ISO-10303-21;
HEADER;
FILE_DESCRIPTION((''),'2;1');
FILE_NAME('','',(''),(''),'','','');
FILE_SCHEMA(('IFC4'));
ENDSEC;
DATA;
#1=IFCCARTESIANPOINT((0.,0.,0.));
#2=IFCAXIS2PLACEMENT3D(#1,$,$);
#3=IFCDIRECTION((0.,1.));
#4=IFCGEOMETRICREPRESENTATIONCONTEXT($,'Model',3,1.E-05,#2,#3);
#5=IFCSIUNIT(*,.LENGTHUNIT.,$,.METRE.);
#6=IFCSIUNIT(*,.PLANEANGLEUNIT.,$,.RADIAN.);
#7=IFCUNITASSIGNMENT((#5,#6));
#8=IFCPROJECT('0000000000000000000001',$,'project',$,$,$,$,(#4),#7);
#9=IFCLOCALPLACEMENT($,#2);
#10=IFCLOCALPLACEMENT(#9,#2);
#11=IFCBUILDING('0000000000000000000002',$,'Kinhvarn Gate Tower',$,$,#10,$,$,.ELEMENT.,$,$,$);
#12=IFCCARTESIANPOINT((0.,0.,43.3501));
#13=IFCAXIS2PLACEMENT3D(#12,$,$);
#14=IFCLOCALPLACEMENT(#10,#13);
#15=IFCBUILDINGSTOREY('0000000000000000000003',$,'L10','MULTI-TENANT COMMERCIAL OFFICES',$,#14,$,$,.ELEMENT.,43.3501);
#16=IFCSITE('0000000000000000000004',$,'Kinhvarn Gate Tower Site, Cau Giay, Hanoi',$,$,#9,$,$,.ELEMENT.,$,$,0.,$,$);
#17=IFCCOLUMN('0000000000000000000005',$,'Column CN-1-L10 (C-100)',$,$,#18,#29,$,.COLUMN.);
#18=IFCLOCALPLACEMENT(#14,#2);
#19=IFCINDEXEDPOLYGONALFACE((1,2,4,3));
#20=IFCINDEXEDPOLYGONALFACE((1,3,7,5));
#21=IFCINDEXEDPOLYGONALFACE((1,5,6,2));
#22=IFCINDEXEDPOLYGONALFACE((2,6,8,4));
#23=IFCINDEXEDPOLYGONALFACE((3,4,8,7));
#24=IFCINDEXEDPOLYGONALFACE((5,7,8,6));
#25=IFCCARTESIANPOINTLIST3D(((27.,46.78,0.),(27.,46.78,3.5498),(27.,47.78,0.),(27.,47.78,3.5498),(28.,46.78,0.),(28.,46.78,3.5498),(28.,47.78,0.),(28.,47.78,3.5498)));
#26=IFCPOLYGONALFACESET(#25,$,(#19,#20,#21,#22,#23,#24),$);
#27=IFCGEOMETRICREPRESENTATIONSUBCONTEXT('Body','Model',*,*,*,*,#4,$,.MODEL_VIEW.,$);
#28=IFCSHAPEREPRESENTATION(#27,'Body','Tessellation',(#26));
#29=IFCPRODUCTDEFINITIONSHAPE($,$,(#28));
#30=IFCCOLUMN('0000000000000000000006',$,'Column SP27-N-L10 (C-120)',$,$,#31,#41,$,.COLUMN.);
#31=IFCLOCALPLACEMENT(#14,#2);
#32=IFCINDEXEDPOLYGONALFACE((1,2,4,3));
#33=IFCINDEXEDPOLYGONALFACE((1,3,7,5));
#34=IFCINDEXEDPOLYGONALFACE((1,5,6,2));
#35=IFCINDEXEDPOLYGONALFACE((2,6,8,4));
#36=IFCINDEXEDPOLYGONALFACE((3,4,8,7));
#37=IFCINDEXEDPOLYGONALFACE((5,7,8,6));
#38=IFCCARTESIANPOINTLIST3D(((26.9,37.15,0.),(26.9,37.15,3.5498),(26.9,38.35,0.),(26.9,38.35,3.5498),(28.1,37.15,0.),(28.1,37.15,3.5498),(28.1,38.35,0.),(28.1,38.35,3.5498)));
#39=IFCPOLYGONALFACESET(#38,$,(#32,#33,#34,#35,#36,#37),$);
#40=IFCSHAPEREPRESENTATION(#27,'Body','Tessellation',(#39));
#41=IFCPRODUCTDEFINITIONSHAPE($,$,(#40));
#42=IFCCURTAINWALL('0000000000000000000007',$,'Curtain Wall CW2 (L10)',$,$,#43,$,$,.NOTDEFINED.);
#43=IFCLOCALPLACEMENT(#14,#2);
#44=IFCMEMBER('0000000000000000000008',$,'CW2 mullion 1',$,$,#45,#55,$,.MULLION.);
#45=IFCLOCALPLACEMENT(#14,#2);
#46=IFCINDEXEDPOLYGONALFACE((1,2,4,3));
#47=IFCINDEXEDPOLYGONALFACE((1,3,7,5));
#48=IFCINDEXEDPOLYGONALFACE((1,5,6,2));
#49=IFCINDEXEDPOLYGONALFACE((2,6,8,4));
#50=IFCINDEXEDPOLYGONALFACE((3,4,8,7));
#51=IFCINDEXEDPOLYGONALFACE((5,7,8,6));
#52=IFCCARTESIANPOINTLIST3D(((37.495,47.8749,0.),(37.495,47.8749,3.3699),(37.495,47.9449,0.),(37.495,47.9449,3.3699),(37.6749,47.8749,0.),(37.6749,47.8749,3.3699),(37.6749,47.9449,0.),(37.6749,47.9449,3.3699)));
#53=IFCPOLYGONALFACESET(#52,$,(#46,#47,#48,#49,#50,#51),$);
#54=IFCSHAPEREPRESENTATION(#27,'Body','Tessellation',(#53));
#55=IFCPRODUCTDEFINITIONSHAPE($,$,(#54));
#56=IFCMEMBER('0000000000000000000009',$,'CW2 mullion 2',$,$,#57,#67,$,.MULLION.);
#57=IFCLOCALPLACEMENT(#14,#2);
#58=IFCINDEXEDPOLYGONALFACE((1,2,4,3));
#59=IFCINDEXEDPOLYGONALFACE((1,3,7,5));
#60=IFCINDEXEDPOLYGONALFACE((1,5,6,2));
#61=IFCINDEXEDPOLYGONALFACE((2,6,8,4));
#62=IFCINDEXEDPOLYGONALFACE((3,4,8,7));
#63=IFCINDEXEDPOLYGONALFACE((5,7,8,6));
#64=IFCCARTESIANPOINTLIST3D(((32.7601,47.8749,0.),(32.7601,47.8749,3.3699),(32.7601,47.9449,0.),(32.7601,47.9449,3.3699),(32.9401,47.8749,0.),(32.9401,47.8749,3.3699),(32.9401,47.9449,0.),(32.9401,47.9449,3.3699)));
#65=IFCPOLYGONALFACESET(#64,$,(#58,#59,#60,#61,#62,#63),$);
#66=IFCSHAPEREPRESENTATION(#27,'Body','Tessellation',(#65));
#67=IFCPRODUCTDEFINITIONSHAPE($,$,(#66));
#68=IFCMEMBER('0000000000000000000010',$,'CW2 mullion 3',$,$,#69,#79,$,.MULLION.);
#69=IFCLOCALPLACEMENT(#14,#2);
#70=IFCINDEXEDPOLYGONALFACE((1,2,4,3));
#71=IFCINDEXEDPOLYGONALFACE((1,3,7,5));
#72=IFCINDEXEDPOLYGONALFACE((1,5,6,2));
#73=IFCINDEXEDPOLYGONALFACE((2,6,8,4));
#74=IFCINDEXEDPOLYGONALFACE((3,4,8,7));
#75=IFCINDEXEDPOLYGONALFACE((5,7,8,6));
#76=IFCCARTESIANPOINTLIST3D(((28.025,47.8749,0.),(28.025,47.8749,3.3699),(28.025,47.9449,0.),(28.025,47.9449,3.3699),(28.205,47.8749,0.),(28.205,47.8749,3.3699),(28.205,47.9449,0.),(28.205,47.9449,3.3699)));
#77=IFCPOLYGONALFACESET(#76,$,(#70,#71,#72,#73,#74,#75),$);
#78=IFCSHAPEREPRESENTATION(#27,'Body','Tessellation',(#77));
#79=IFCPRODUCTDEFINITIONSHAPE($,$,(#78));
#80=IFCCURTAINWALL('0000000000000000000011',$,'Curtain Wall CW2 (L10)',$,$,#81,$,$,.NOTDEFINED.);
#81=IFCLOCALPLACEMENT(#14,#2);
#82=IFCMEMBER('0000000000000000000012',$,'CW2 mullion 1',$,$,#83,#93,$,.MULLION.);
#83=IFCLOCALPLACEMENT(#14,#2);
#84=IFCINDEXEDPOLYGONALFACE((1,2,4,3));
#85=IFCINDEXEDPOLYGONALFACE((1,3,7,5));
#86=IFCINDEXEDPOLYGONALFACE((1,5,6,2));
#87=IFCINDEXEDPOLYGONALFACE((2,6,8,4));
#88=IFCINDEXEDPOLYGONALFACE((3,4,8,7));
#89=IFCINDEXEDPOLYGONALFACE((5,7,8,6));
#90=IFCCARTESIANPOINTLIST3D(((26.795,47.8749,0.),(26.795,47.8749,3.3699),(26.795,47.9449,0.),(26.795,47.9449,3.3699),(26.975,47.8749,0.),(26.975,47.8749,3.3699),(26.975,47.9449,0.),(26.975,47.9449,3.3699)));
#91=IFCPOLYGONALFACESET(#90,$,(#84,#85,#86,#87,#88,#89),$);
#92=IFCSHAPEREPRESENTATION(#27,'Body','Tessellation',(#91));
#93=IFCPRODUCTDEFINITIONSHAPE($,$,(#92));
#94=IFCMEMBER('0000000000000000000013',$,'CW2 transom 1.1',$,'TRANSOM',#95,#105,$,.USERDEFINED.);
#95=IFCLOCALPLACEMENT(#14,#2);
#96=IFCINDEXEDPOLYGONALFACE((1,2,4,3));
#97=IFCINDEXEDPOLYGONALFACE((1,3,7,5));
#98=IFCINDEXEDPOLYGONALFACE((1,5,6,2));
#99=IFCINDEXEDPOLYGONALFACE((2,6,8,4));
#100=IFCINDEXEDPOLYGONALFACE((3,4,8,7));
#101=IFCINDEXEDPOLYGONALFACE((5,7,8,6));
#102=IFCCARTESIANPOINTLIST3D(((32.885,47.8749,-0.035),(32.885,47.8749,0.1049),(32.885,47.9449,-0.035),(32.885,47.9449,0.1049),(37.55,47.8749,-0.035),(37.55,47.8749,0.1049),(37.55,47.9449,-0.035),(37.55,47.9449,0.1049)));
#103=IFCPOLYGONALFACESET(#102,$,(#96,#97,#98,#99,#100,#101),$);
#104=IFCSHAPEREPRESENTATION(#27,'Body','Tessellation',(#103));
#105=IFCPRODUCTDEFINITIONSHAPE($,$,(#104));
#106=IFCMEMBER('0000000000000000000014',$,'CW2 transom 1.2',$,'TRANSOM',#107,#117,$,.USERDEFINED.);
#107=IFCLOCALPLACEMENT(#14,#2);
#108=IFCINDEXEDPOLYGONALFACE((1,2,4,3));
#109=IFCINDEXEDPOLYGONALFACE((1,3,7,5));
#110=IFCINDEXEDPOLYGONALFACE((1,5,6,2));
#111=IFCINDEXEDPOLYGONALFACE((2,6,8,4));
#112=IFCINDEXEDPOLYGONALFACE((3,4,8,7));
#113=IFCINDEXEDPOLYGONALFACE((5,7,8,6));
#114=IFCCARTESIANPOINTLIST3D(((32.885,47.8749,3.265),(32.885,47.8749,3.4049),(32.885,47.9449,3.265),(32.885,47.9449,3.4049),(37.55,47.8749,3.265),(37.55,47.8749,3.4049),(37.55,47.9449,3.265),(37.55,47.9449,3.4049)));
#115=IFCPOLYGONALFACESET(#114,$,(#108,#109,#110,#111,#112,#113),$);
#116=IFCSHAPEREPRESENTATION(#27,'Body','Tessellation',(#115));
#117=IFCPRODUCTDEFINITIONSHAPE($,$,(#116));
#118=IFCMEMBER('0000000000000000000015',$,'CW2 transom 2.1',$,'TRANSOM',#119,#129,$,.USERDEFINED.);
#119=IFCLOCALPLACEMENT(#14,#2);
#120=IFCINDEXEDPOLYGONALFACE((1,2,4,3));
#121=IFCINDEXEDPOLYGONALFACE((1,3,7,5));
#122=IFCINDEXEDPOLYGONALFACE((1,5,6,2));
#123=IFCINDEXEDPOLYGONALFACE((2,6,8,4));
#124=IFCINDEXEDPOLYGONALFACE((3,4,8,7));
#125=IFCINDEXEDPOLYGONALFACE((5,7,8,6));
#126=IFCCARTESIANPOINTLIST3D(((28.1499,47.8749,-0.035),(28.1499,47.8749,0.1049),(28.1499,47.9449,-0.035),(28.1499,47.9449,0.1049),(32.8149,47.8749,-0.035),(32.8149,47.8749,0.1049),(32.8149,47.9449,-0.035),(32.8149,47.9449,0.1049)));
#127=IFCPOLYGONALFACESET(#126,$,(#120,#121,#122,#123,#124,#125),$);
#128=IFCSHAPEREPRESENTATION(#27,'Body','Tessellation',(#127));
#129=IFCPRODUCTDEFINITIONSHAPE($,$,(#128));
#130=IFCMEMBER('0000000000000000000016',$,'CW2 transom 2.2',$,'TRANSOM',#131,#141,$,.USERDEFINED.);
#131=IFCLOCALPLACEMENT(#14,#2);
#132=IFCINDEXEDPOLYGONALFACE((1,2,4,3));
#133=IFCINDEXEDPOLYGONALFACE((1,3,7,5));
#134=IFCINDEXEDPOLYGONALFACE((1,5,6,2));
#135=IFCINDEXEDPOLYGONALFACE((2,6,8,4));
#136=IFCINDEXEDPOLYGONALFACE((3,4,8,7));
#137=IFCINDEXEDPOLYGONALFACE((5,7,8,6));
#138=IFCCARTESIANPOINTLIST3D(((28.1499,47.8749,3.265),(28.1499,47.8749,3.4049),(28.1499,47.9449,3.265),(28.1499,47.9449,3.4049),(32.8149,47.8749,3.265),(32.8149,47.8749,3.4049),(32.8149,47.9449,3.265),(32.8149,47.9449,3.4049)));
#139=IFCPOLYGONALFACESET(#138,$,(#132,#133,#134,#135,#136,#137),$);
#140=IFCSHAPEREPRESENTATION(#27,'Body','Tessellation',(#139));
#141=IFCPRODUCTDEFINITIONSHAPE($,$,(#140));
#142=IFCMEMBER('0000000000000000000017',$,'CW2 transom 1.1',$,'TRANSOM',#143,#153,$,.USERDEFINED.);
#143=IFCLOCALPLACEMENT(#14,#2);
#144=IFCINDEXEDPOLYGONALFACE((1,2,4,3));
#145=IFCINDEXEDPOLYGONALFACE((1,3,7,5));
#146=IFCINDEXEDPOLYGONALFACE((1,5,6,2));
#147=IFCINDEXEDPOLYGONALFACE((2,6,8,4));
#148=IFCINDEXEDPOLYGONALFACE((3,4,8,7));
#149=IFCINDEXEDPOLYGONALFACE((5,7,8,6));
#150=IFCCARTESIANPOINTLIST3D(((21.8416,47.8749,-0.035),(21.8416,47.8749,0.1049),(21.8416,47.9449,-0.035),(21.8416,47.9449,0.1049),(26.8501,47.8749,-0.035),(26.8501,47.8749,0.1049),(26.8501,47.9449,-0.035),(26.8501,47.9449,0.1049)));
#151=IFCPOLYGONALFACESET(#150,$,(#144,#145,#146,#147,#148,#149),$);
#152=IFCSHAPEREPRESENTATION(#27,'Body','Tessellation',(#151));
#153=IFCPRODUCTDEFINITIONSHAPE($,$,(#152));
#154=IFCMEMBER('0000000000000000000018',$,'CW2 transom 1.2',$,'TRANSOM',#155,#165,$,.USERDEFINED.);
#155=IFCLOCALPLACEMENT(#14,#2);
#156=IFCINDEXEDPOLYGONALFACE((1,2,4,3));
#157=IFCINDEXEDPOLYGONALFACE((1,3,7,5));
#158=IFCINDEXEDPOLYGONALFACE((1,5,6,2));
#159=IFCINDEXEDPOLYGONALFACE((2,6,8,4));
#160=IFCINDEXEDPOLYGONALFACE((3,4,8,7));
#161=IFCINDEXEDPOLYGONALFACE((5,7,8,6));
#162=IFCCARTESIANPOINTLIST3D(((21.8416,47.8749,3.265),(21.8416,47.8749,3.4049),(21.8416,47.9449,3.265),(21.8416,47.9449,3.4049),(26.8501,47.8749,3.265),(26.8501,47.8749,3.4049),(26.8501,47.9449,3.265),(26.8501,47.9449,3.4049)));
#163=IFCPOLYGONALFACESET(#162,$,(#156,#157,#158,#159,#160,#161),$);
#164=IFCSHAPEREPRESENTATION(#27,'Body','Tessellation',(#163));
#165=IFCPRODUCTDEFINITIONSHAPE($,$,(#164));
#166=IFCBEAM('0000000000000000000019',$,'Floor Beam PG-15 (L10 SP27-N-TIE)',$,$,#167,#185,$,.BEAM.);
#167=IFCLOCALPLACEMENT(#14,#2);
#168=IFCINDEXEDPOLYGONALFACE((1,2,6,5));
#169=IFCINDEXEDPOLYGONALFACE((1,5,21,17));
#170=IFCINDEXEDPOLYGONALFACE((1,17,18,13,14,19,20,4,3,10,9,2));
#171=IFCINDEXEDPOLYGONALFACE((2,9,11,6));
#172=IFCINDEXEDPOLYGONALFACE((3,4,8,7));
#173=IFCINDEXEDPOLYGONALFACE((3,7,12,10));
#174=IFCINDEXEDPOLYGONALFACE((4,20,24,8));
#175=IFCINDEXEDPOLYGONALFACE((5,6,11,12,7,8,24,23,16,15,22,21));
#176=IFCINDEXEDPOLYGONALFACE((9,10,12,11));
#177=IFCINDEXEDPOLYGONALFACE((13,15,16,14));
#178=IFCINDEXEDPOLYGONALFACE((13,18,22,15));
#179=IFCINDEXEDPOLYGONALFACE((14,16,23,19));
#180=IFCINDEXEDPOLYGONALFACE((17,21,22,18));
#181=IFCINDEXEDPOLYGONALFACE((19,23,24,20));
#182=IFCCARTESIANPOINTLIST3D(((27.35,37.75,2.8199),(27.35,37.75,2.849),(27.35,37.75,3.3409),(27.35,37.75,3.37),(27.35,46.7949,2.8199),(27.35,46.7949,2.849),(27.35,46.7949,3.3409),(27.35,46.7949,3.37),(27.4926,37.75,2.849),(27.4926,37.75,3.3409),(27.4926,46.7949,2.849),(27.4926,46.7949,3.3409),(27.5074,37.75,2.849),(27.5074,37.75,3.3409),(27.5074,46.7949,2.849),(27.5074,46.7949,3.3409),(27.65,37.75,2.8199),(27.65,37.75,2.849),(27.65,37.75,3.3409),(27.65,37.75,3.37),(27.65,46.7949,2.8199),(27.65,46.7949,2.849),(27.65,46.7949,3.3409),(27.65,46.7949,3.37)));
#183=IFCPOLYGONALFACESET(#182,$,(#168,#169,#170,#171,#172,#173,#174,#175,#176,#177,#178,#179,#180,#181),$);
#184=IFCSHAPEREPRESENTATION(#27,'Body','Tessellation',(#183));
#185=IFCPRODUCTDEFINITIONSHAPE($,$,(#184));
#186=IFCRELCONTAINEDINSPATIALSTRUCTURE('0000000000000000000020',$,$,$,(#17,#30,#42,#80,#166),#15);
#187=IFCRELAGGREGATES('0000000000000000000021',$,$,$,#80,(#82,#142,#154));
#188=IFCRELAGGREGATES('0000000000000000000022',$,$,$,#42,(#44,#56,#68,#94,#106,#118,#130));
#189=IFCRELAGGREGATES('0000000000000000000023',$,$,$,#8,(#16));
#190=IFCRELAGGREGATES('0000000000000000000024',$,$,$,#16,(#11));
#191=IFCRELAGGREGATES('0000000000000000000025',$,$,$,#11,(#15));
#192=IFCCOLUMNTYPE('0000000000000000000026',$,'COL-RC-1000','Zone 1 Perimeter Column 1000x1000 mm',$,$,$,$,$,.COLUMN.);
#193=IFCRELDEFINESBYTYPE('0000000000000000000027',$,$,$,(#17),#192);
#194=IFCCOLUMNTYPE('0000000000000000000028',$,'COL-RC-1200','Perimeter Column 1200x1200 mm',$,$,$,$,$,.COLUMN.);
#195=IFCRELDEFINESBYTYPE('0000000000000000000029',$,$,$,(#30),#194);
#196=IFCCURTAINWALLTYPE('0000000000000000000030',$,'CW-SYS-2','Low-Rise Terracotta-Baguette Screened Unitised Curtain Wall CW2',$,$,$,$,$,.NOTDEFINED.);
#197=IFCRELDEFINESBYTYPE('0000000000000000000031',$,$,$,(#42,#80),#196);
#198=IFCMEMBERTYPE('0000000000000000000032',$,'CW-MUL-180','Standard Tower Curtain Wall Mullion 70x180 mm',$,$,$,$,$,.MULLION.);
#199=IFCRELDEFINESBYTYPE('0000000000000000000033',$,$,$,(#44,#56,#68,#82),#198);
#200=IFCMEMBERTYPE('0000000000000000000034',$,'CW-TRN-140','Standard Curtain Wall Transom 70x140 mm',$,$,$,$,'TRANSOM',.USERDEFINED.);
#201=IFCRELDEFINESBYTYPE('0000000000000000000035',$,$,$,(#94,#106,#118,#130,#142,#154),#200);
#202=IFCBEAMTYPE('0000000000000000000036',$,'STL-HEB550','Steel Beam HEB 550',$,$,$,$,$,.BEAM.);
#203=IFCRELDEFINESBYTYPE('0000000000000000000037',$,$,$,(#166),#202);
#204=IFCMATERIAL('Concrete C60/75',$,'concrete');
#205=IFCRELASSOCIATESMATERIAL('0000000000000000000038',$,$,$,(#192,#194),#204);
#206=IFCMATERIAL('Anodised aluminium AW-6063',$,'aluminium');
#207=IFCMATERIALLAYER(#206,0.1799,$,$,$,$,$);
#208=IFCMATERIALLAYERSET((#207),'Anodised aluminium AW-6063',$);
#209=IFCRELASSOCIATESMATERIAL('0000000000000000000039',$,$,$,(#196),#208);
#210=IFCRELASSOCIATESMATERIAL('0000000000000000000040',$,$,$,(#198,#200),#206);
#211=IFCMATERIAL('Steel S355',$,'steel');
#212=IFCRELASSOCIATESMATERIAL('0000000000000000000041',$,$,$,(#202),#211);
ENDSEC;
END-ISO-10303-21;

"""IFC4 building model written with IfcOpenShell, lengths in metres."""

from ifc_helpers import new_model, si_unit, direction, frame, origin, origin_2d, place, context, subcontext, project, spatial, rectangle, i_section, extrude, material, layer, layer_set, material_profile, profile_set, type_object, element, aggregate, save


model = new_model("IFC4")

# Units and contexts
model_context = context("Model", 3, precision=1e-05, world=origin(), true_north=direction((0.0, 1.0)))
body_context = subcontext(model_context, "Body", "Model", "MODEL_VIEW")
ifc_project = project(units=[si_unit("LENGTHUNIT", "METRE"), si_unit("PLANEANGLEUNIT", "RADIAN")], contexts=[model_context])

# Site, building, storey
site_placement = place(None, origin())
site = spatial("IfcSite", under=ifc_project, at=site_placement, Name="Kinhvarn Gate Tower Site, Cau Giay, Hanoi", CompositionType="ELEMENT", RefElevation=0.0)
building_placement = place(site_placement, origin())
building = spatial("IfcBuilding", under=site, at=building_placement, Name="Kinhvarn Gate Tower", CompositionType="ELEMENT")
storey_placement = place(building_placement, frame((0.0, 0.0, 43.3501)))
storey = spatial("IfcBuildingStorey", under=building, at=storey_placement, Name="L10", Description="MULTI-TENANT COMMERCIAL OFFICES", CompositionType="ELEMENT", Elevation=43.3501)

# Columns
ifc_material_1 = material(Name="Concrete C60/75", Category="concrete")
ifc_material_profile_1 = material_profile(ifc_material_1, rectangle(XDim=1.0, YDim=1.0, at=origin_2d()), Name="RC 1000x1000")
ifc_profile_set_1 = profile_set([ifc_material_profile_1], Name="Concrete C60/75")
column_type_1 = type_object("IfcColumnType", Name="COL-RC-1000", Description="Zone 1 Perimeter Column 1000x1000 mm", PredefinedType="COLUMN", material=ifc_profile_set_1)
column_1_placement = place(storey_placement, frame((27.5, 47.28, 0.0), z_axis=(0.0, 0.0, 1.0), x_axis=(1.0, 0.0, 0.0)))
element("IfcColumn", 1, at=column_1_placement, inside=storey, type_object=column_type_1, Name="Column CN-1-L10 (C-100)", PredefinedType="COLUMN", context=body_context, shape_type="SweptSolid", body=[
    extrude(rectangle(XDim=1.0, YDim=1.0, at=origin_2d()), origin(), (0.0, 0.0, 1.0), 3.5498),
])
ifc_material_profile_2 = material_profile(ifc_material_1, rectangle(XDim=1.2, YDim=1.2, at=origin_2d()), Name="RC 1200x1200")
ifc_profile_set_2 = profile_set([ifc_material_profile_2], Name="Concrete C60/75")
column_type_2 = type_object("IfcColumnType", Name="COL-RC-1200", Description="Perimeter Column 1200x1200 mm", PredefinedType="COLUMN", material=ifc_profile_set_2)
column_2_placement = place(storey_placement, frame((27.5, 37.75, 0.0), z_axis=(0.0, 0.0, 1.0), x_axis=(1.0, 0.0, 0.0)))
element("IfcColumn", 2, at=column_2_placement, inside=storey, type_object=column_type_2, Name="Column SP27-N-L10 (C-120)", PredefinedType="COLUMN", context=body_context, shape_type="SweptSolid", body=[
    extrude(rectangle(XDim=1.2, YDim=1.2, at=origin_2d()), origin(), (0.0, 0.0, 1.0), 3.5498),
])

# Curtain wall, members
ifc_material_2 = material(Name="Anodised aluminium AW-6063", Category="aluminium")
ifc_layer_1 = layer(ifc_material_2, 0.1799)
ifc_layer_set_1 = layer_set([ifc_layer_1], Name="Anodised aluminium AW-6063")
curtain_wall_type = type_object("IfcCurtainWallType", Name="CW-SYS-2", Description="Low-Rise Terracotta-Baguette Screened Unitised Curtain Wall CW2", PredefinedType="NOTDEFINED", material=ifc_layer_set_1)
curtain_wall_1_placement = place(storey_placement, origin())
curtain_wall_1 = element("IfcCurtainWall", 3, at=curtain_wall_1_placement, inside=storey, type_object=curtain_wall_type, Name="Curtain Wall CW2 (L10)", PredefinedType="NOTDEFINED")
ifc_material_profile_3 = material_profile(ifc_material_2, rectangle(XDim=0.0701, YDim=0.1799, at=origin_2d()), Name="ALU 70x180")
ifc_profile_set_3 = profile_set([ifc_material_profile_3], Name="Anodised aluminium AW-6063")
member_type_1 = type_object("IfcMemberType", Name="CW-MUL-180", Description="Standard Tower Curtain Wall Mullion 70x180 mm", PredefinedType="MULLION", material=ifc_profile_set_3)
member_1_placement = place(storey_placement, frame((37.585, 47.9099, 0.0), z_axis=(0.0, 0.0, 1.0), x_axis=(0.0, -1.0, 0.0)))
member_1 = element("IfcMember", 4, at=member_1_placement, type_object=member_type_1, Name="CW2 mullion 1", PredefinedType="MULLION", context=body_context, shape_type="SweptSolid", body=[
    extrude(rectangle(XDim=0.0701, YDim=0.1799, at=origin_2d()), origin(), (0.0, 0.0, 1.0), 3.3699),
])
member_2_placement = place(storey_placement, frame((32.8501, 47.9099, 0.0), z_axis=(0.0, 0.0, 1.0), x_axis=(0.0, -1.0, 0.0)))
member_2 = element("IfcMember", 5, at=member_2_placement, type_object=member_type_1, Name="CW2 mullion 2", PredefinedType="MULLION", context=body_context, shape_type="SweptSolid", body=[
    extrude(rectangle(XDim=0.0701, YDim=0.1799, at=origin_2d()), origin(), (0.0, 0.0, 1.0), 3.3699),
])
member_3_placement = place(storey_placement, frame((28.115, 47.9099, 0.0), z_axis=(0.0, 0.0, 1.0), x_axis=(0.0, -1.0, 0.0)))
member_3 = element("IfcMember", 6, at=member_3_placement, type_object=member_type_1, Name="CW2 mullion 3", PredefinedType="MULLION", context=body_context, shape_type="SweptSolid", body=[
    extrude(rectangle(XDim=0.0701, YDim=0.1799, at=origin_2d()), origin(), (0.0, 0.0, 1.0), 3.3699),
])

# Curtain wall, member
curtain_wall_2_placement = place(storey_placement, origin())
curtain_wall_2 = element("IfcCurtainWall", 7, at=curtain_wall_2_placement, inside=storey, type_object=curtain_wall_type, Name="Curtain Wall CW2 (L10)", PredefinedType="NOTDEFINED")
member_4_placement = place(storey_placement, frame((26.885, 47.9099, 0.0), z_axis=(0.0, 0.0, 1.0), x_axis=(0.0, -1.0, 0.0)))
member_4 = element("IfcMember", 8, at=member_4_placement, type_object=member_type_1, Name="CW2 mullion 1", PredefinedType="MULLION", context=body_context, shape_type="SweptSolid", body=[
    extrude(rectangle(XDim=0.0701, YDim=0.1799, at=origin_2d()), origin(), (0.0, 0.0, 1.0), 3.3699),
])

# Members
ifc_material_profile_4 = material_profile(ifc_material_2, rectangle(XDim=0.0701, YDim=0.1399, at=origin_2d()), Name="ALU 70x140")
ifc_profile_set_4 = profile_set([ifc_material_profile_4], Name="Anodised aluminium AW-6063")
member_type_2 = type_object("IfcMemberType", Name="CW-TRN-140", Description="Standard Curtain Wall Transom 70x140 mm", ElementType="TRANSOM", PredefinedType="USERDEFINED", material=ifc_profile_set_4)
member_5_placement = place(storey_placement, frame((37.55, 47.9099, 0.0349), z_axis=(-1.0, 0.0, 0.0), x_axis=(0.0, -1.0, 0.0)))
member_5 = element("IfcMember", 9, at=member_5_placement, type_object=member_type_2, Name="CW2 transom 1.1", ObjectType="TRANSOM", PredefinedType="USERDEFINED", context=body_context, shape_type="SweptSolid", body=[
    extrude(rectangle(XDim=0.0701, YDim=0.1399, at=origin_2d()), origin(), (0.0, 0.0, 1.0), 4.665),
])
member_6_placement = place(storey_placement, frame((37.55, 47.9099, 3.335), z_axis=(-1.0, 0.0, 0.0), x_axis=(0.0, -1.0, 0.0)))
member_6 = element("IfcMember", 10, at=member_6_placement, type_object=member_type_2, Name="CW2 transom 1.2", ObjectType="TRANSOM", PredefinedType="USERDEFINED", context=body_context, shape_type="SweptSolid", body=[
    extrude(rectangle(XDim=0.0701, YDim=0.1399, at=origin_2d()), origin(), (0.0, 0.0, 1.0), 4.665),
])
member_7_placement = place(storey_placement, frame((32.8149, 47.9099, 0.0349), z_axis=(-1.0, 0.0, 0.0), x_axis=(0.0, -1.0, 0.0)))
member_7 = element("IfcMember", 11, at=member_7_placement, type_object=member_type_2, Name="CW2 transom 2.1", ObjectType="TRANSOM", PredefinedType="USERDEFINED", context=body_context, shape_type="SweptSolid", body=[
    extrude(rectangle(XDim=0.0701, YDim=0.1399, at=origin_2d()), origin(), (0.0, 0.0, 1.0), 4.665),
])
member_8_placement = place(storey_placement, frame((32.8149, 47.9099, 3.335), z_axis=(-1.0, 0.0, 0.0), x_axis=(0.0, -1.0, 0.0)))
member_8 = element("IfcMember", 12, at=member_8_placement, type_object=member_type_2, Name="CW2 transom 2.2", ObjectType="TRANSOM", PredefinedType="USERDEFINED", context=body_context, shape_type="SweptSolid", body=[
    extrude(rectangle(XDim=0.0701, YDim=0.1399, at=origin_2d()), origin(), (0.0, 0.0, 1.0), 4.665),
])
member_9_placement = place(storey_placement, frame((26.8501, 47.9099, 0.0349), z_axis=(-1.0, 0.0, 0.0), x_axis=(0.0, -1.0, 0.0)))
member_9 = element("IfcMember", 13, at=member_9_placement, type_object=member_type_2, Name="CW2 transom 1.1", ObjectType="TRANSOM", PredefinedType="USERDEFINED", context=body_context, shape_type="SweptSolid", body=[
    extrude(rectangle(XDim=0.0701, YDim=0.1399, at=origin_2d()), origin(), (0.0, 0.0, 1.0), 5.0085),
])
member_10_placement = place(storey_placement, frame((26.8501, 47.9099, 3.335), z_axis=(-1.0, 0.0, 0.0), x_axis=(0.0, -1.0, 0.0)))
member_10 = element("IfcMember", 14, at=member_10_placement, type_object=member_type_2, Name="CW2 transom 1.2", ObjectType="TRANSOM", PredefinedType="USERDEFINED", context=body_context, shape_type="SweptSolid", body=[
    extrude(rectangle(XDim=0.0701, YDim=0.1399, at=origin_2d()), origin(), (0.0, 0.0, 1.0), 5.0085),
])
aggregate(curtain_wall_2, [member_4, member_9, member_10])

# Beam
ifc_material_3 = material(Name="Steel S355", Category="steel")
ifc_material_profile_5 = material_profile(ifc_material_3, i_section(OverallWidth=0.3, OverallDepth=0.55, WebThickness=0.0149, FlangeThickness=0.0291, at=origin_2d()), Name="HEB 550")
ifc_profile_set_5 = profile_set([ifc_material_profile_5], Name="Steel S355")
beam_type_1 = type_object("IfcBeamType", Name="STL-HEB550", Description="Steel Beam HEB 550", PredefinedType="BEAM", material=ifc_profile_set_5)
beam_1_placement = place(storey_placement, frame((27.5, 37.75, 3.095), z_axis=(0.0, 1.0, 0.0), x_axis=(-1.0, 0.0, 0.0)))
element("IfcBeam", 15, at=beam_1_placement, inside=storey, type_object=beam_type_1, Name="Floor Beam PG-15 (L10 SP27-N-TIE)", PredefinedType="BEAM", context=body_context, shape_type="SweptSolid", body=[
    extrude(i_section(OverallWidth=0.3, OverallDepth=0.55, WebThickness=0.0149, FlangeThickness=0.0291, at=origin_2d()), origin(), (0.0, 0.0, 1.0), 9.0449),
])

aggregate(curtain_wall_1, [member_1, member_2, member_3, member_5, member_6, member_7, member_8])

save(model, "model.ifc")
